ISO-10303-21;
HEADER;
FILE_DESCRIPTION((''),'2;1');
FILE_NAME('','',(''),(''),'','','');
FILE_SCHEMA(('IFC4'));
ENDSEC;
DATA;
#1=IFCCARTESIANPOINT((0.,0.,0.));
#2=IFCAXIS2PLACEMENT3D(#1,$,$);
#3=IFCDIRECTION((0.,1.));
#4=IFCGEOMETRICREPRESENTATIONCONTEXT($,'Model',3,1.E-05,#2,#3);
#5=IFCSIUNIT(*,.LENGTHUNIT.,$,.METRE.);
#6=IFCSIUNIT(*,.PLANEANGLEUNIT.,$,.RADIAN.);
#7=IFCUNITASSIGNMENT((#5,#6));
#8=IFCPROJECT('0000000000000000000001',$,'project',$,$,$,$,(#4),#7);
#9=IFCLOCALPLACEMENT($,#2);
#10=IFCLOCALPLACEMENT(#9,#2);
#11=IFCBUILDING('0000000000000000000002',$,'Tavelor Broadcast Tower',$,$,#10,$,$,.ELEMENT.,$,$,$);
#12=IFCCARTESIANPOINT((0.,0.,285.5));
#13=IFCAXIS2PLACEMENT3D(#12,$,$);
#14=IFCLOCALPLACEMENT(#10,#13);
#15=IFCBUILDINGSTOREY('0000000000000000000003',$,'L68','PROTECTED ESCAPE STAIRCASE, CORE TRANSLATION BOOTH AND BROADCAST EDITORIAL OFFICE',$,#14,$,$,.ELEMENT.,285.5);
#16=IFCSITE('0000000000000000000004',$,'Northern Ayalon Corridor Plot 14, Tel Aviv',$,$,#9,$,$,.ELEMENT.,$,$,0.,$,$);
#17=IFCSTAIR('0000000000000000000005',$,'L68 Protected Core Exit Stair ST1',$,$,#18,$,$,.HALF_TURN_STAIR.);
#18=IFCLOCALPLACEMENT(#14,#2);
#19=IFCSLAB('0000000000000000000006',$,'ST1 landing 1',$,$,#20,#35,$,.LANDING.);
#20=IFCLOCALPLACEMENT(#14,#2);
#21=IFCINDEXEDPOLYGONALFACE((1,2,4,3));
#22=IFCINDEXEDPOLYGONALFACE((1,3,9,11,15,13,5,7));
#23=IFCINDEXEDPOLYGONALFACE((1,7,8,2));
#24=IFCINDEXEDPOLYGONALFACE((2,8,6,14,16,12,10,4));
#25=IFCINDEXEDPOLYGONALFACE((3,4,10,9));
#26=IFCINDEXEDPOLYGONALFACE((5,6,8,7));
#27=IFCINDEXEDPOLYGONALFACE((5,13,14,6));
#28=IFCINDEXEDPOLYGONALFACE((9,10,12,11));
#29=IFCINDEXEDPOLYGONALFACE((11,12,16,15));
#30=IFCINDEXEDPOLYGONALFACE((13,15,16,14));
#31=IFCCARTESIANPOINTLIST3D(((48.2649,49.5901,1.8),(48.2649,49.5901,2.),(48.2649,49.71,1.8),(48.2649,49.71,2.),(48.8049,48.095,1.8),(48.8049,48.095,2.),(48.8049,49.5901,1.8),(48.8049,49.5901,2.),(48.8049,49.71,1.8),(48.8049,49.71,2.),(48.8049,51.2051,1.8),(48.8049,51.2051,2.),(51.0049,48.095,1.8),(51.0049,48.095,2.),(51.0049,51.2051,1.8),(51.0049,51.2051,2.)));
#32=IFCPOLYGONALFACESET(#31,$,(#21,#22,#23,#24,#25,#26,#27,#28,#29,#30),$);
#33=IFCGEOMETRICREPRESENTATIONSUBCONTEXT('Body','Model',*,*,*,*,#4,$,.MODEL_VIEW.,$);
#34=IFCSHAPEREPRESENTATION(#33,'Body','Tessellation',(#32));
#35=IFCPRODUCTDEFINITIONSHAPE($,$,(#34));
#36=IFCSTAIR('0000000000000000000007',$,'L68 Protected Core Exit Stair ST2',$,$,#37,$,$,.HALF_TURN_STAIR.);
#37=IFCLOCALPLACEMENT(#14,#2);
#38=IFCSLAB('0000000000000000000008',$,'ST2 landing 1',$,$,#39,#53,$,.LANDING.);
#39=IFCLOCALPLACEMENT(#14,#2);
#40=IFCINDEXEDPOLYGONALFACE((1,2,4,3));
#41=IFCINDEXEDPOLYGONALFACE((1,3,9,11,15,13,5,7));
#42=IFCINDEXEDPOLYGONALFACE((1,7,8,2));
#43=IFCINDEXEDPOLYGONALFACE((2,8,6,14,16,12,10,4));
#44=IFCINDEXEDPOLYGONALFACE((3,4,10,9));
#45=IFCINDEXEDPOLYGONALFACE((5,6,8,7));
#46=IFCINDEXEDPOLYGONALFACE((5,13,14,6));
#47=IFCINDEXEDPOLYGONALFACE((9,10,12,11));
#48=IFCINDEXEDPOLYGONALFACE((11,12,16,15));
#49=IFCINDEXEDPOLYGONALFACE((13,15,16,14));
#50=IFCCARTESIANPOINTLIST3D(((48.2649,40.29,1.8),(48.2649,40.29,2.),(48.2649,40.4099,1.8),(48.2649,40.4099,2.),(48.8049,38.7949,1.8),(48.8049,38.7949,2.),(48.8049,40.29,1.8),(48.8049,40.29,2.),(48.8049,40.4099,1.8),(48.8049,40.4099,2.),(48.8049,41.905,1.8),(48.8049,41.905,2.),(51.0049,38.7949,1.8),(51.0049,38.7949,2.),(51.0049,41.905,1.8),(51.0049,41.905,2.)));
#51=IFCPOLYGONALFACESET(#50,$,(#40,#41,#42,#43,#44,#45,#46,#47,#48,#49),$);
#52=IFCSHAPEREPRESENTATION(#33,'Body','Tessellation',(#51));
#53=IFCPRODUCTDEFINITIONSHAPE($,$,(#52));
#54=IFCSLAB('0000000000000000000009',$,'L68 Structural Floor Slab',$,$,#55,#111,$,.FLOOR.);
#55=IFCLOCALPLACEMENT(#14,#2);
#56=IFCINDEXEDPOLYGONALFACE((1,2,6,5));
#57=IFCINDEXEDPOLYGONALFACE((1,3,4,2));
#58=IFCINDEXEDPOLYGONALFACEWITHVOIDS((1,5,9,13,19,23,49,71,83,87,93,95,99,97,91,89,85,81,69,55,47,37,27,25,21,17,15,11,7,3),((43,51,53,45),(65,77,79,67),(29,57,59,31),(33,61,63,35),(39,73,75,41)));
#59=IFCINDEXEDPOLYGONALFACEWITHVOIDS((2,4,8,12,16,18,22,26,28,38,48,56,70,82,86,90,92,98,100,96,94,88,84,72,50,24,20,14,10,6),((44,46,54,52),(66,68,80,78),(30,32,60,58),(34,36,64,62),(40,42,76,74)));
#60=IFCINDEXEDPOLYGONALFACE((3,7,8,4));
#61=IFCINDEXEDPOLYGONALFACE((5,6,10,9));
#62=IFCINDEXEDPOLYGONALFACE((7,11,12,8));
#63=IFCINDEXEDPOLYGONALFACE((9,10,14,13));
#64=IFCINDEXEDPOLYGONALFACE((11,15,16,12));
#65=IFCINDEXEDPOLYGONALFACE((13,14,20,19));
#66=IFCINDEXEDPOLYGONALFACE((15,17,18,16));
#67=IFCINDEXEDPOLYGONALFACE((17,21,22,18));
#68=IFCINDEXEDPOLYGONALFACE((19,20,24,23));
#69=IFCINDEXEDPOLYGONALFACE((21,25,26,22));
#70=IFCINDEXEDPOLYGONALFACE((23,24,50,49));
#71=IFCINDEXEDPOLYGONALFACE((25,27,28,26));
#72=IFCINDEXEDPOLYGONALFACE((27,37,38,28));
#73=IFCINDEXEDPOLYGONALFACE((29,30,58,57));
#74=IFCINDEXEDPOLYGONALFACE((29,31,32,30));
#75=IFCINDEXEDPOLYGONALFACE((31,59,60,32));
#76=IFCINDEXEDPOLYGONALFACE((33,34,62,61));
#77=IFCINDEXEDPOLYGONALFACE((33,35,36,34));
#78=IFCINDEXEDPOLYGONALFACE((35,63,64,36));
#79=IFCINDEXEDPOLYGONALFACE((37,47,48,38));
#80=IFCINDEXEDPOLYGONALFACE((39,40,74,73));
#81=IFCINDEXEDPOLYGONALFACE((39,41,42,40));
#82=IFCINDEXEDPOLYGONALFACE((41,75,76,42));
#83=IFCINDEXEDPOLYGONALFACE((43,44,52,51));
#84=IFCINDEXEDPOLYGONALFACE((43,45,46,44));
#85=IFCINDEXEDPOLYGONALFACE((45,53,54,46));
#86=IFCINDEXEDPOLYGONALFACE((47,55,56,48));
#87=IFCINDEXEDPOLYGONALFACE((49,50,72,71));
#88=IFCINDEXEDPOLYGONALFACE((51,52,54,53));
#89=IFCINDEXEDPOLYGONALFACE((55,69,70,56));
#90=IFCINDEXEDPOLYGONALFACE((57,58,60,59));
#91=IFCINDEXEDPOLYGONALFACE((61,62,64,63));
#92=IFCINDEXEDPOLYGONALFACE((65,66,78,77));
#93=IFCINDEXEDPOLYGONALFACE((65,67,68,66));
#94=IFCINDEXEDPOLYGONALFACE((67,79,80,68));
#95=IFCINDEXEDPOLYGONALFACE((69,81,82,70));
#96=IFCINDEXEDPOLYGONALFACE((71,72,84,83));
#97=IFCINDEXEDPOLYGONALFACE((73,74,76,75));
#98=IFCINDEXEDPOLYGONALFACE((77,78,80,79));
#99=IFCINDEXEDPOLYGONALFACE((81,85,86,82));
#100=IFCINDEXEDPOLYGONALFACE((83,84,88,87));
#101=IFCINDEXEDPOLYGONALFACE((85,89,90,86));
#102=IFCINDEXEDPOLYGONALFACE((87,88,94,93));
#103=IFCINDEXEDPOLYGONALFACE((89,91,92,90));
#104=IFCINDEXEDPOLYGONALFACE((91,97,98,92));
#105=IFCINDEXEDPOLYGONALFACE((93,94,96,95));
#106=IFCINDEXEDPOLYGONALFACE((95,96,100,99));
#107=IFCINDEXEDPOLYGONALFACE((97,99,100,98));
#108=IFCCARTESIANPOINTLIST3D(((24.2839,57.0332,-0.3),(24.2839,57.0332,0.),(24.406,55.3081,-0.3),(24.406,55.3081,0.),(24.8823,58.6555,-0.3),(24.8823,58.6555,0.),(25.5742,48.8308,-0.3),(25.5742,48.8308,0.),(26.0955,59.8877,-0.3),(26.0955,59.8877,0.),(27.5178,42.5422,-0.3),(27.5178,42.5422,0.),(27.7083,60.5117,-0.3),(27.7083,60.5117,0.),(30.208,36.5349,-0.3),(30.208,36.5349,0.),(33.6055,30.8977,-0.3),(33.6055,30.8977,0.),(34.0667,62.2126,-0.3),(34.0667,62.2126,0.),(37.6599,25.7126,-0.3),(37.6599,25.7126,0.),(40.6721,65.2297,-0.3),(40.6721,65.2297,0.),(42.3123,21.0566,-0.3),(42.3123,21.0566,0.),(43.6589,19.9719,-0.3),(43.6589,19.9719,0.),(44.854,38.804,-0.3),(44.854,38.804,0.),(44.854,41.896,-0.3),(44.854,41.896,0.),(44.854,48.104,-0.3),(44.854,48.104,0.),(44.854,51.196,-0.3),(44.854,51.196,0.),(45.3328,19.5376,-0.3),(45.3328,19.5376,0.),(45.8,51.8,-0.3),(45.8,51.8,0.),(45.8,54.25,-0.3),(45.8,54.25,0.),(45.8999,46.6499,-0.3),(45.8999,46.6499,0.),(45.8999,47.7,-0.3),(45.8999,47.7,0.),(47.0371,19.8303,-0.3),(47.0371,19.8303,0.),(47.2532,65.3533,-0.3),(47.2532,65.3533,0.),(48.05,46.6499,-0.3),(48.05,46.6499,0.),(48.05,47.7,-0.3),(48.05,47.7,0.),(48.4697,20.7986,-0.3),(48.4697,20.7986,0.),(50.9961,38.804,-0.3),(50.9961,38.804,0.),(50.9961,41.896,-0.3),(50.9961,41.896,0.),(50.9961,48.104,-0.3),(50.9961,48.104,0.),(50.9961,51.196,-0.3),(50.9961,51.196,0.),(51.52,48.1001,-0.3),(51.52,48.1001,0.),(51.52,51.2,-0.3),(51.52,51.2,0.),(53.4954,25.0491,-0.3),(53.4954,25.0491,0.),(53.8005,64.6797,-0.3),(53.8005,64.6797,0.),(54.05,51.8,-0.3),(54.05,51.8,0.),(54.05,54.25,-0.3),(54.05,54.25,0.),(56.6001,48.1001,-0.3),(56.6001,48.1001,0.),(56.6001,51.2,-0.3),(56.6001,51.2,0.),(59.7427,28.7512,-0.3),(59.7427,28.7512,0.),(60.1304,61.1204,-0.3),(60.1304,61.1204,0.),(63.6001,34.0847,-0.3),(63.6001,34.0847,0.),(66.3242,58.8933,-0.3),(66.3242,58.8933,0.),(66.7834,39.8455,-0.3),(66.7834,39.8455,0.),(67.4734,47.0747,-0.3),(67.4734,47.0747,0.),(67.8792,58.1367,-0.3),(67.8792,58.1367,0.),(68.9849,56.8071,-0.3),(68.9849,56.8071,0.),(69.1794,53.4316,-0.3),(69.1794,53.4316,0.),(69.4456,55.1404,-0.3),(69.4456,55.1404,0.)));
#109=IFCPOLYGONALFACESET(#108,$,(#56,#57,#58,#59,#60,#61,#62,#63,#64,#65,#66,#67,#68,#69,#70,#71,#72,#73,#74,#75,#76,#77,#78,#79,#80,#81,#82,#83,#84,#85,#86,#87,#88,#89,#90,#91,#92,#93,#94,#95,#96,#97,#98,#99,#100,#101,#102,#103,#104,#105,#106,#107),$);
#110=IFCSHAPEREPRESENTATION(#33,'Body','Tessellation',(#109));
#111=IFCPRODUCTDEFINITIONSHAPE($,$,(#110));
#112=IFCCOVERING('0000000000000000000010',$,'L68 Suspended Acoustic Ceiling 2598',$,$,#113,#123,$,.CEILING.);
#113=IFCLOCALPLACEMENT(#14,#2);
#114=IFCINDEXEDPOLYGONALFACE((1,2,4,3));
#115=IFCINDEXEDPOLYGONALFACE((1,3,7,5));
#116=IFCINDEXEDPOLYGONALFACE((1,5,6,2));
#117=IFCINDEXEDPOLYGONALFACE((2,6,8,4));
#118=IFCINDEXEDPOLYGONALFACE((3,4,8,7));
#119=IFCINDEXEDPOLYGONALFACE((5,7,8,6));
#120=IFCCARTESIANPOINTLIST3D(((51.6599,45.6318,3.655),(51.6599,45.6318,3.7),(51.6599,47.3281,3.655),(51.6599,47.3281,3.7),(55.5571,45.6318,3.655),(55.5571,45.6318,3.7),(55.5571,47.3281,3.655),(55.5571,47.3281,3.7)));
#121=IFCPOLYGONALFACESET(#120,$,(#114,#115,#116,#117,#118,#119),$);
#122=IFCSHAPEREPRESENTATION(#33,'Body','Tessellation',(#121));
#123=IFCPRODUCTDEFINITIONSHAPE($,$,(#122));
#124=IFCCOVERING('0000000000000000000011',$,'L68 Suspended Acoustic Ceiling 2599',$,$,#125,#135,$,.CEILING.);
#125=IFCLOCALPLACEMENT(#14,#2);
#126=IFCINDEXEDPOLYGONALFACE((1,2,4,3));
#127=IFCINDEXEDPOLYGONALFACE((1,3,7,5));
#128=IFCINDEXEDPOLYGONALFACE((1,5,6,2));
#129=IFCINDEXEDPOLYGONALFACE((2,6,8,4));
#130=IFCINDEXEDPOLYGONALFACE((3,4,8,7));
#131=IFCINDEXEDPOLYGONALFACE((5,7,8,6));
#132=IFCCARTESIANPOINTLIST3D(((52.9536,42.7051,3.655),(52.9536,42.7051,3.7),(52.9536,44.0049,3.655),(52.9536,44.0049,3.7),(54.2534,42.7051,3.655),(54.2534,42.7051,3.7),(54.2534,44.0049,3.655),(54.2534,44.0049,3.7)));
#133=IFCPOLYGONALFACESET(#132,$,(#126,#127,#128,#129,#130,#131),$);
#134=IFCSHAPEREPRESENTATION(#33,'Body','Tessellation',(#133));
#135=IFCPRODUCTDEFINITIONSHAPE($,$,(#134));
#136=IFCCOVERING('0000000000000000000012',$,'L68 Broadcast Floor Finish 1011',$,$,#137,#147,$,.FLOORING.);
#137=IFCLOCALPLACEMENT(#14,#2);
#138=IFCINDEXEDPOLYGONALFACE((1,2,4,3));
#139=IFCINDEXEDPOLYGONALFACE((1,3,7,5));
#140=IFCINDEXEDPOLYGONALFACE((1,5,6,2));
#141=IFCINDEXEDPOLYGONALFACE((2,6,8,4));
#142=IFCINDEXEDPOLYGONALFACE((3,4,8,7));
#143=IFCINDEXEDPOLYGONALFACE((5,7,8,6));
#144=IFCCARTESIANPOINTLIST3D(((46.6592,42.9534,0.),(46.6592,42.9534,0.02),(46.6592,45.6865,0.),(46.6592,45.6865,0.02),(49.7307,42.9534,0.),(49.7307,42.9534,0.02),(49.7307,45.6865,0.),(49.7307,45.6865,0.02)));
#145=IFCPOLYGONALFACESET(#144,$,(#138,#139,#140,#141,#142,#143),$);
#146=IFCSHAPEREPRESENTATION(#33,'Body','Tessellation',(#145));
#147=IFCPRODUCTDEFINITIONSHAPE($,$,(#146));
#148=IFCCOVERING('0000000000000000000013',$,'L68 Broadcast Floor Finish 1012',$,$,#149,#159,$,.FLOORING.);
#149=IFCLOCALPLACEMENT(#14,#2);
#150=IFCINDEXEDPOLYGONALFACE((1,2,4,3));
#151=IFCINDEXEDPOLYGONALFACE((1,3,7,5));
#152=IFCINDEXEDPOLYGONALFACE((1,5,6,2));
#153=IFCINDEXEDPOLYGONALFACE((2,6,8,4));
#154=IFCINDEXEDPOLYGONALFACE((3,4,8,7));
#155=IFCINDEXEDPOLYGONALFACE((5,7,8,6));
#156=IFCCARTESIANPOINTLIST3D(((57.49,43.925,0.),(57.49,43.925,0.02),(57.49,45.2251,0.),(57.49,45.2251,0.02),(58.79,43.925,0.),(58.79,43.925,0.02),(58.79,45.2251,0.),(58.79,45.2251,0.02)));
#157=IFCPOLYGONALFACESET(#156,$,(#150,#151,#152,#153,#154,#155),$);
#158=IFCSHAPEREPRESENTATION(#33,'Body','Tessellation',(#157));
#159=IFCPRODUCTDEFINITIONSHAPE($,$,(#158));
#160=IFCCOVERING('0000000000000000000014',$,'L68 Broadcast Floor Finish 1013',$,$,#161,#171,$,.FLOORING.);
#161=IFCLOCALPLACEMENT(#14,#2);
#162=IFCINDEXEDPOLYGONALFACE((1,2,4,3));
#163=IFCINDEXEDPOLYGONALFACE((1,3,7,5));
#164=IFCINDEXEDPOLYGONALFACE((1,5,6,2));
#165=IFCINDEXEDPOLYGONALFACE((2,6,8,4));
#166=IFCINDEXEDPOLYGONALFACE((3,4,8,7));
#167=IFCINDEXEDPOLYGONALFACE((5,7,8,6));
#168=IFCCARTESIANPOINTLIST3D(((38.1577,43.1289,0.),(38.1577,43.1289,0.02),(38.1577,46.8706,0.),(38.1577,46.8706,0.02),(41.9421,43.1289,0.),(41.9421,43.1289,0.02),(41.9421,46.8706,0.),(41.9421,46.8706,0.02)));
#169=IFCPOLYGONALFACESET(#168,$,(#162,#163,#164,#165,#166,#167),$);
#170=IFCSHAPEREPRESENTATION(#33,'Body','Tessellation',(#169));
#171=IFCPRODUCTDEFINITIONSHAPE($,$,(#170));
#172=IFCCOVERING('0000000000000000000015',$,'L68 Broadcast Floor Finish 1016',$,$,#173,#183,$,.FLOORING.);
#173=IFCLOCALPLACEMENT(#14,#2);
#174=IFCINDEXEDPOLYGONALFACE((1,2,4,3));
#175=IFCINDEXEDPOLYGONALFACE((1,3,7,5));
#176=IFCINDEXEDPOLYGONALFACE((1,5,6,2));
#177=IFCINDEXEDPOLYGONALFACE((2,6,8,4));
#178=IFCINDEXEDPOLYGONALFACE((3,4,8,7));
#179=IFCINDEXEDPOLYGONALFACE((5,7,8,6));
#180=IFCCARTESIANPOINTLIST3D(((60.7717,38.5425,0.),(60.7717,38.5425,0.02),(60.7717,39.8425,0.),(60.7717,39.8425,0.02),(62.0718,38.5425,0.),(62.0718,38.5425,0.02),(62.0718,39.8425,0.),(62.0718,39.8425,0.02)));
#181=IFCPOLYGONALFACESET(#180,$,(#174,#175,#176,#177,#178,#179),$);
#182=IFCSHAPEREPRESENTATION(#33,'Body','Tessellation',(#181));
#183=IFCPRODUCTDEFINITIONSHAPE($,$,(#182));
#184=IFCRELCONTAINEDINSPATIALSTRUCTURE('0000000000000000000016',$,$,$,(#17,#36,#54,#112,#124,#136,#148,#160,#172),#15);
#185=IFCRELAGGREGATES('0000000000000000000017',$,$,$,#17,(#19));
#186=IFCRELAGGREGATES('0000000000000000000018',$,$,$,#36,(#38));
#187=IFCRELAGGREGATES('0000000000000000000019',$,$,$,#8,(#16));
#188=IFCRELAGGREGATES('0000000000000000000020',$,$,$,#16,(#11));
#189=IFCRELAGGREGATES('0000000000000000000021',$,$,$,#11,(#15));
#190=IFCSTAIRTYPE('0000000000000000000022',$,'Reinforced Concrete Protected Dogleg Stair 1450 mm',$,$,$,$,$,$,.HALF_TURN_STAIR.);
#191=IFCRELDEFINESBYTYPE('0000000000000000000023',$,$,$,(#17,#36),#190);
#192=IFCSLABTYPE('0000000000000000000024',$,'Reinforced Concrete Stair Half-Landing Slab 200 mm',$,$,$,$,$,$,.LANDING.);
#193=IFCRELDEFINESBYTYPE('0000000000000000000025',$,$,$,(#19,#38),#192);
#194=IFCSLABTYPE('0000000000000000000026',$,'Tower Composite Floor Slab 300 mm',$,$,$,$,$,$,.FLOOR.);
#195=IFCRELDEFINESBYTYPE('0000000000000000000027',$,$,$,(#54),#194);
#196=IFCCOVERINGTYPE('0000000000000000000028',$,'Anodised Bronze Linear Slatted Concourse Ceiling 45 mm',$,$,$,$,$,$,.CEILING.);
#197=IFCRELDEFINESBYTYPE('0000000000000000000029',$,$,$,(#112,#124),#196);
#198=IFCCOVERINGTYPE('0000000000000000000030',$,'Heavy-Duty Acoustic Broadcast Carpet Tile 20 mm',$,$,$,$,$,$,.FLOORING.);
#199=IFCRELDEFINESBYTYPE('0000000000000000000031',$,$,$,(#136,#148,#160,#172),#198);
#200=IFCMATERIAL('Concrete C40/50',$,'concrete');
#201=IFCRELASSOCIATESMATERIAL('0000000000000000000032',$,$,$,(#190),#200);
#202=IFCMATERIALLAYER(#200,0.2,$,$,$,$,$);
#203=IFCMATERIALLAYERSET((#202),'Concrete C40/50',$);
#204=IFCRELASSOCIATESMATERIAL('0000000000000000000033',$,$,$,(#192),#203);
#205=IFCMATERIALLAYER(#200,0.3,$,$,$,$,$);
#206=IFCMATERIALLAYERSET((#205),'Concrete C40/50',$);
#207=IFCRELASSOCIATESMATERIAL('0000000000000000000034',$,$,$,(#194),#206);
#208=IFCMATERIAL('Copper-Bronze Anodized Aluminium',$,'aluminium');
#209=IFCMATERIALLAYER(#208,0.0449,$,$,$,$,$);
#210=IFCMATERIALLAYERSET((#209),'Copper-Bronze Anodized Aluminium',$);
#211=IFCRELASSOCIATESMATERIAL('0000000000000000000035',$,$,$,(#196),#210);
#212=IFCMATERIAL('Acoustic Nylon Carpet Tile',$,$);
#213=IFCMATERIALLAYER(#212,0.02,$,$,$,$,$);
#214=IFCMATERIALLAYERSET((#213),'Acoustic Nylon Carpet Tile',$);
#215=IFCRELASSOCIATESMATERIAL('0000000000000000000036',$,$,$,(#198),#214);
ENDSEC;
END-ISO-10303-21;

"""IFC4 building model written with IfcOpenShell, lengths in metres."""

from ifc_helpers import new_model, si_unit, direction, frame, origin, place, context, subcontext, project, spatial, polyline, outline, extrude, material, layer, layer_set, type_object, element, aggregate, save


model = new_model("IFC4")

# Units and contexts
model_context = context("Model", 3, precision=1e-05, world=origin(), true_north=direction((0.0, 1.0)))
body_context = subcontext(model_context, "Body", "Model", "MODEL_VIEW")
ifc_project = project(units=[si_unit("LENGTHUNIT", "METRE"), si_unit("PLANEANGLEUNIT", "RADIAN")], contexts=[model_context])

# Site, building, storey
site_placement = place(None, origin())
site = spatial("IfcSite", under=ifc_project, at=site_placement, Name="Northern Ayalon Corridor Plot 14, Tel Aviv", CompositionType="ELEMENT", RefElevation=0.0)
building_placement = place(site_placement, origin())
building = spatial("IfcBuilding", under=site, at=building_placement, Name="Tavelor Broadcast Tower", CompositionType="ELEMENT")
storey_placement = place(building_placement, frame((0.0, 0.0, 285.5)))
storey = spatial("IfcBuildingStorey", under=building, at=storey_placement, Name="L68", Description="PROTECTED ESCAPE STAIRCASE, CORE TRANSLATION BOOTH AND BROADCAST EDITORIAL OFFICE", CompositionType="ELEMENT", Elevation=285.5)

# Stairs, slabs
ifc_material_1 = material(Name="Concrete C40/50", Category="concrete")
stair_type = type_object("IfcStairType", Name="Reinforced Concrete Protected Dogleg Stair 1450 mm", PredefinedType="HALF_TURN_STAIR", material=ifc_material_1)
stair_1_placement = place(storey_placement, origin())
stair_1 = element("IfcStair", 1, at=stair_1_placement, inside=storey, type_object=stair_type, Name="L68 Protected Core Exit Stair ST1", PredefinedType="HALF_TURN_STAIR")
ifc_layer_1 = layer(ifc_material_1, 0.2)
ifc_layer_set_1 = layer_set([ifc_layer_1], Name="Concrete C40/50")
slab_type_1 = type_object("IfcSlabType", Name="Reinforced Concrete Stair Half-Landing Slab 200 mm", PredefinedType="LANDING", material=ifc_layer_set_1)
slab_1_placement = place(storey_placement, frame((0.0, 0.0, 1.8)))
slab_1 = element("IfcSlab", 2, at=slab_1_placement, type_object=slab_type_1, Name="ST1 landing 1", PredefinedType="LANDING", context=body_context, shape_type="SweptSolid", body=[
    extrude(outline(polyline([(48.8049, 49.5901), (48.8049, 48.095), (51.0049, 48.095), (51.0049, 51.2051), (48.8049, 51.2051), (48.8049, 49.71), (48.2649, 49.71), (48.2649, 49.5901), (48.8049, 49.5901)])), origin(), (0.0, 0.0, 1.0), 0.2),
])
aggregate(stair_1, [slab_1])
stair_2_placement = place(storey_placement, origin())
stair_2 = element("IfcStair", 3, at=stair_2_placement, inside=storey, type_object=stair_type, Name="L68 Protected Core Exit Stair ST2", PredefinedType="HALF_TURN_STAIR")
slab_2_placement = place(storey_placement, frame((0.0, 0.0, 1.8)))
slab_2 = element("IfcSlab", 4, at=slab_2_placement, type_object=slab_type_1, Name="ST2 landing 1", PredefinedType="LANDING", context=body_context, shape_type="SweptSolid", body=[
    extrude(outline(polyline([(48.8049, 40.29), (48.8049, 38.7949), (51.0049, 38.7949), (51.0049, 41.905), (48.8049, 41.905), (48.8049, 40.4099), (48.2649, 40.4099), (48.2649, 40.29), (48.8049, 40.29)])), origin(), (0.0, 0.0, 1.0), 0.2),
])
aggregate(stair_2, [slab_2])

# Slab
ifc_layer_2 = layer(ifc_material_1, 0.3)
ifc_layer_set_2 = layer_set([ifc_layer_2], Name="Concrete C40/50")
slab_type_2 = type_object("IfcSlabType", Name="Tower Composite Floor Slab 300 mm", PredefinedType="FLOOR", material=ifc_layer_set_2)
slab_3_placement = place(storey_placement, frame((0.0, 0.0, -0.3)))
element("IfcSlab", 5, at=slab_3_placement, inside=storey, type_object=slab_type_2, Name="L68 Structural Floor Slab", PredefinedType="FLOOR", context=body_context, shape_type="SweptSolid", body=[
    extrude(outline(polyline([(27.7083, 60.5117), (26.0955, 59.8877), (24.8823, 58.6555), (24.2839, 57.0332), (24.406, 55.3081), (25.5742, 48.8308), (27.5178, 42.5422), (30.208, 36.5349), (33.6055, 30.8977), (37.6599, 25.7126), (42.3123, 21.0566), (43.6589, 19.9719), (45.3328, 19.5376), (47.0371, 19.8303), (48.4697, 20.7986), (53.4954, 25.0491), (59.7427, 28.7512), (63.6001, 34.0847), (66.7834, 39.8455), (67.4734, 47.0747), (69.1794, 53.4316), (69.4456, 55.1404), (68.9849, 56.8071), (67.8792, 58.1367), (66.3242, 58.8933), (60.1304, 61.1204), (53.8005, 64.6797), (47.2532, 65.3533), (40.6721, 65.2297), (34.0667, 62.2126), (27.7083, 60.5117)]), holes=[polyline([(50.9961, 41.896), (50.9961, 38.804), (44.854, 38.804), (44.854, 41.896), (50.9961, 41.896)]), polyline([(48.05, 47.7), (48.05, 46.6499), (45.8999, 46.6499), (45.8999, 47.7), (48.05, 47.7)]), polyline([(50.9961, 51.196), (50.9961, 48.104), (44.854, 48.104), (44.854, 51.196), (50.9961, 51.196)]), polyline([(56.6001, 48.1001), (51.52, 48.1001), (51.52, 51.2), (56.6001, 51.2), (56.6001, 48.1001)]), polyline([(54.05, 51.8), (45.8, 51.8), (45.8, 54.25), (54.05, 54.25), (54.05, 51.8)])]), origin(), (0.0, 0.0, 1.0), 0.3),
])

# Coverings
ifc_material_2 = material(Name="Copper-Bronze Anodized Aluminium", Category="aluminium")
ifc_layer_3 = layer(ifc_material_2, 0.0449)
ifc_layer_set_3 = layer_set([ifc_layer_3], Name="Copper-Bronze Anodized Aluminium")
covering_type_1 = type_object("IfcCoveringType", Name="Anodised Bronze Linear Slatted Concourse Ceiling 45 mm", PredefinedType="CEILING", material=ifc_layer_set_3)
covering_1_placement = place(storey_placement, frame((0.0, 0.0, 3.655)))
element("IfcCovering", 6, at=covering_1_placement, inside=storey, type_object=covering_type_1, Name="L68 Suspended Acoustic Ceiling 2598", PredefinedType="CEILING", context=body_context, shape_type="SweptSolid", body=[
    extrude(outline(polyline([(51.6599, 45.6318), (55.5571, 45.6318), (55.5571, 47.3281), (51.6599, 47.3281), (51.6599, 45.6318)])), origin(), (0.0, 0.0, 1.0), 0.0449),
])
covering_2_placement = place(storey_placement, frame((0.0, 0.0, 3.655)))
element("IfcCovering", 7, at=covering_2_placement, inside=storey, type_object=covering_type_1, Name="L68 Suspended Acoustic Ceiling 2599", PredefinedType="CEILING", context=body_context, shape_type="SweptSolid", body=[
    extrude(outline(polyline([(52.9536, 42.7051), (54.2534, 42.7051), (54.2534, 44.0049), (52.9536, 44.0049), (52.9536, 42.7051)])), origin(), (0.0, 0.0, 1.0), 0.0449),
])
ifc_material_3 = material(Name="Acoustic Nylon Carpet Tile")
ifc_layer_4 = layer(ifc_material_3, 0.02)
ifc_layer_set_4 = layer_set([ifc_layer_4], Name="Acoustic Nylon Carpet Tile")
covering_type_2 = type_object("IfcCoveringType", Name="Heavy-Duty Acoustic Broadcast Carpet Tile 20 mm", PredefinedType="FLOORING", material=ifc_layer_set_4)
covering_3_placement = place(storey_placement, origin())
element("IfcCovering", 8, at=covering_3_placement, inside=storey, type_object=covering_type_2, Name="L68 Broadcast Floor Finish 1011", PredefinedType="FLOORING", context=body_context, shape_type="SweptSolid", body=[
    extrude(outline(polyline([(46.6592, 42.9534), (49.7307, 42.9534), (49.7307, 45.6865), (46.6592, 45.6865), (46.6592, 42.9534)])), origin(), (0.0, 0.0, 1.0), 0.02),
])
covering_4_placement = place(storey_placement, origin())
element("IfcCovering", 9, at=covering_4_placement, inside=storey, type_object=covering_type_2, Name="L68 Broadcast Floor Finish 1012", PredefinedType="FLOORING", context=body_context, shape_type="SweptSolid", body=[
    extrude(outline(polyline([(57.49, 43.925), (58.79, 43.925), (58.79, 45.2251), (57.49, 45.2251), (57.49, 43.925)])), origin(), (0.0, 0.0, 1.0), 0.02),
])
covering_5_placement = place(storey_placement, origin())
element("IfcCovering", 10, at=covering_5_placement, inside=storey, type_object=covering_type_2, Name="L68 Broadcast Floor Finish 1013", PredefinedType="FLOORING", context=body_context, shape_type="SweptSolid", body=[
    extrude(outline(polyline([(38.1577, 43.1289), (41.9421, 43.1289), (41.9421, 46.8706), (38.1577, 46.8706), (38.1577, 43.1289)])), origin(), (0.0, 0.0, 1.0), 0.02),
])
covering_6_placement = place(storey_placement, origin())
element("IfcCovering", 11, at=covering_6_placement, inside=storey, type_object=covering_type_2, Name="L68 Broadcast Floor Finish 1016", PredefinedType="FLOORING", context=body_context, shape_type="SweptSolid", body=[
    extrude(outline(polyline([(60.7717, 38.5425), (62.0718, 38.5425), (62.0718, 39.8425), (60.7717, 39.8425), (60.7717, 38.5425)])), origin(), (0.0, 0.0, 1.0), 0.02),
])

save(model, "model.ifc")
